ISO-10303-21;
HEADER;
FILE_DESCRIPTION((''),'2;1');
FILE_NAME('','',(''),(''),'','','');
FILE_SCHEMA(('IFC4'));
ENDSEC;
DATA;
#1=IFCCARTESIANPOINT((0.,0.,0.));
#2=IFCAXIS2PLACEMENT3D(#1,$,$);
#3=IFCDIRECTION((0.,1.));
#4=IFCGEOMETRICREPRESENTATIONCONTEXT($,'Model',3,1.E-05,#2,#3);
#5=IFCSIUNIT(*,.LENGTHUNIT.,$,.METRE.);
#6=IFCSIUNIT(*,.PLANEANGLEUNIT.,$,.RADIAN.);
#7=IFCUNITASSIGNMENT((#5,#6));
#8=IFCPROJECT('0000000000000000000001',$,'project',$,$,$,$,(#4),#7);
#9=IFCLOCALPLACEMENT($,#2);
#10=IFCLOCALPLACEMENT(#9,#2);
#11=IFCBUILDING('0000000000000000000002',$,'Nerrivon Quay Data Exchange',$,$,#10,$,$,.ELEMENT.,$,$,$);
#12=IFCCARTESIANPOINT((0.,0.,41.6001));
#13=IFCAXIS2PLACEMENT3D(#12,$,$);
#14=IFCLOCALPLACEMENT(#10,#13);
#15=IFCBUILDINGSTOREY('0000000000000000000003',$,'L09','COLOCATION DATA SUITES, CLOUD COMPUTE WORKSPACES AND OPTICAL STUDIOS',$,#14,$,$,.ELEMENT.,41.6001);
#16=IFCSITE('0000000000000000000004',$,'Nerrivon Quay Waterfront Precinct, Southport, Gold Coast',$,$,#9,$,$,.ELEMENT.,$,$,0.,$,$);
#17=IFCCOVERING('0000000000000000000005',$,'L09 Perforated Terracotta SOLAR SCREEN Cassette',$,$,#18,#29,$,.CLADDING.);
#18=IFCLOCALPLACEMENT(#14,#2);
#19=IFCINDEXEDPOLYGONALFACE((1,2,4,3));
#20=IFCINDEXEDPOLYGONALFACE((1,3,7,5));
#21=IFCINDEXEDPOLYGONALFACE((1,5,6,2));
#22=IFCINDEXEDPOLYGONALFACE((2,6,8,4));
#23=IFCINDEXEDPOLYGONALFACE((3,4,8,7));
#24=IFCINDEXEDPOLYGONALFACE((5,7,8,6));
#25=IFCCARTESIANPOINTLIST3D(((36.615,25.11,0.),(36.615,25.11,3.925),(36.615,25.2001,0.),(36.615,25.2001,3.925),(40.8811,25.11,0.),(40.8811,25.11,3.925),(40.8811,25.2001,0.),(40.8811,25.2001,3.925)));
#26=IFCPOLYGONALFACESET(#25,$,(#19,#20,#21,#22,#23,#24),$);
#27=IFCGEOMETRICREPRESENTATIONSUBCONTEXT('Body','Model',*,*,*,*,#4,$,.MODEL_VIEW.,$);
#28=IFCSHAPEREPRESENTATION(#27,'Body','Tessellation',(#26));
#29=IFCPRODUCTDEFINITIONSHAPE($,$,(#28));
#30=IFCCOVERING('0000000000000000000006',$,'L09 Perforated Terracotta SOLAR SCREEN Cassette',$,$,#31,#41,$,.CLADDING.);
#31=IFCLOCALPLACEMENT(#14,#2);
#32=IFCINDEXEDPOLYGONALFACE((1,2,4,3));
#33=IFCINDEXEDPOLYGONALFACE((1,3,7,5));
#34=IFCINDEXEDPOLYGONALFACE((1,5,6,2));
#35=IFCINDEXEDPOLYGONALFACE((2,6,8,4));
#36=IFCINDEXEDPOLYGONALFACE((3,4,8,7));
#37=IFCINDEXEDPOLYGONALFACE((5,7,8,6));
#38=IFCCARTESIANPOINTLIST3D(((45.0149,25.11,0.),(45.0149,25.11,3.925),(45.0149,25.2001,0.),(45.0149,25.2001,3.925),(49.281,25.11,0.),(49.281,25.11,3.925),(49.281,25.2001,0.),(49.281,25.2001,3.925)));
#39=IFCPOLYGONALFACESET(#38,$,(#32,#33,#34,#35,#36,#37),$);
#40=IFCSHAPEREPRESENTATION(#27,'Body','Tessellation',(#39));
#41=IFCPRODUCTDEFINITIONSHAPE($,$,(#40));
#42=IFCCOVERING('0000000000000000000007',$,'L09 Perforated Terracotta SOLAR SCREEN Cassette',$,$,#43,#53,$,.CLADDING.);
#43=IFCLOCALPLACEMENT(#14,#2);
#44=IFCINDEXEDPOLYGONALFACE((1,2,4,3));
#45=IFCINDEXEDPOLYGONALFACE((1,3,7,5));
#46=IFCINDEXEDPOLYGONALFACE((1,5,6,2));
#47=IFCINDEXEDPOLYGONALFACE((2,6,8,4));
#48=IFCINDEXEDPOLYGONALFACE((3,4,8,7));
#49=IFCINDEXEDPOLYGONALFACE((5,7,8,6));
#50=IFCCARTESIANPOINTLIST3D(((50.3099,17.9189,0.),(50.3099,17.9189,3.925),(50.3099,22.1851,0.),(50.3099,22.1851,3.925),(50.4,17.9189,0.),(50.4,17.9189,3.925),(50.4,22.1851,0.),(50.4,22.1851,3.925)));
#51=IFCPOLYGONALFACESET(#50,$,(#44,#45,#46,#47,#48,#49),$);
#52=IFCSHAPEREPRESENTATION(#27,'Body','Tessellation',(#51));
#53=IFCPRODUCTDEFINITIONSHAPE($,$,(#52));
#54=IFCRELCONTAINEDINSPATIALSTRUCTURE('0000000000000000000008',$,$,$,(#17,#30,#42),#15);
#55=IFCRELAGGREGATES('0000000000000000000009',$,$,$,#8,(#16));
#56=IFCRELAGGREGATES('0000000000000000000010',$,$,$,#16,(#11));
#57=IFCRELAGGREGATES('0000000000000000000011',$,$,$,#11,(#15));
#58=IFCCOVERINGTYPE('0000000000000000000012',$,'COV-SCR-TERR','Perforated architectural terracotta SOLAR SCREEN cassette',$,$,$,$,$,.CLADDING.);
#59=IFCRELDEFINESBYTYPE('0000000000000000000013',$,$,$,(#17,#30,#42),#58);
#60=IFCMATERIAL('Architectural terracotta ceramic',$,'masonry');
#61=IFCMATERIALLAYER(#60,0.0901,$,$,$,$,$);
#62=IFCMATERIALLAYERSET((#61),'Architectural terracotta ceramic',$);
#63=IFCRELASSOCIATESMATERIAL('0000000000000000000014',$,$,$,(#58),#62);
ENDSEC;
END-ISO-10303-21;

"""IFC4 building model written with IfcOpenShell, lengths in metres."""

from ifc_helpers import new_model, si_unit, direction, frame, origin, origin_2d, place, context, subcontext, project, spatial, rectangle, extrude, material, layer, layer_set, type_object, element, save


model = new_model("IFC4")

# Units and contexts
model_context = context("Model", 3, precision=1e-05, world=origin(), true_north=direction((0.0, 1.0)))
body_context = subcontext(model_context, "Body", "Model", "MODEL_VIEW")
ifc_project = project(units=[si_unit("LENGTHUNIT", "METRE"), si_unit("PLANEANGLEUNIT", "RADIAN")], contexts=[model_context])

# Site, building, storey
site_placement = place(None, origin())
site = spatial("IfcSite", under=ifc_project, at=site_placement, Name="Nerrivon Quay Waterfront Precinct, Southport, Gold Coast", CompositionType="ELEMENT", RefElevation=0.0)
building_placement = place(site_placement, origin())
building = spatial("IfcBuilding", under=site, at=building_placement, Name="Nerrivon Quay Data Exchange", CompositionType="ELEMENT")
storey_placement = place(building_placement, frame((0.0, 0.0, 41.6001)))
storey = spatial("IfcBuildingStorey", under=building, at=storey_placement, Name="L09", Description="COLOCATION DATA SUITES, CLOUD COMPUTE WORKSPACES AND OPTICAL STUDIOS", CompositionType="ELEMENT", Elevation=41.6001)

# Coverings
ifc_material_1 = material(Name="Architectural terracotta ceramic", Category="masonry")
ifc_layer_1 = layer(ifc_material_1, 0.0901)
ifc_layer_set_1 = layer_set([ifc_layer_1], Name="Architectural terracotta ceramic")
covering_type = type_object("IfcCoveringType", Name="COV-SCR-TERR", Description="Perforated architectural terracotta SOLAR SCREEN cassette", PredefinedType="CLADDING", material=ifc_layer_set_1)
for number, where, z_axis, x_axis, name in (
    (1, (38.748, 25.155, 0.0), (0.0, 0.0, 1.0), (1.0, 0.0, 0.0), "L09 Perforated Terracotta SOLAR SCREEN Cassette"),
    (2, (47.1479, 25.155, 0.0), (0.0, 0.0, 1.0), (1.0, 0.0, 0.0), "L09 Perforated Terracotta SOLAR SCREEN Cassette"),
    (3, (50.355, 20.052, 0.0), (0.0, 0.0, 1.0), (0.0, -1.0, 0.0), "L09 Perforated Terracotta SOLAR SCREEN Cassette"),
):
    element("IfcCovering", number, at=place(storey_placement, frame(where, z_axis=z_axis, x_axis=x_axis)), inside=storey, type_object=covering_type, Name=name, PredefinedType="CLADDING", context=body_context, shape_type="SweptSolid", body=[
        extrude(rectangle(XDim=4.2661, YDim=0.0901, at=origin_2d()), origin(), (0.0, 0.0, 1.0), 3.925),
    ])

save(model, "model.ifc")
